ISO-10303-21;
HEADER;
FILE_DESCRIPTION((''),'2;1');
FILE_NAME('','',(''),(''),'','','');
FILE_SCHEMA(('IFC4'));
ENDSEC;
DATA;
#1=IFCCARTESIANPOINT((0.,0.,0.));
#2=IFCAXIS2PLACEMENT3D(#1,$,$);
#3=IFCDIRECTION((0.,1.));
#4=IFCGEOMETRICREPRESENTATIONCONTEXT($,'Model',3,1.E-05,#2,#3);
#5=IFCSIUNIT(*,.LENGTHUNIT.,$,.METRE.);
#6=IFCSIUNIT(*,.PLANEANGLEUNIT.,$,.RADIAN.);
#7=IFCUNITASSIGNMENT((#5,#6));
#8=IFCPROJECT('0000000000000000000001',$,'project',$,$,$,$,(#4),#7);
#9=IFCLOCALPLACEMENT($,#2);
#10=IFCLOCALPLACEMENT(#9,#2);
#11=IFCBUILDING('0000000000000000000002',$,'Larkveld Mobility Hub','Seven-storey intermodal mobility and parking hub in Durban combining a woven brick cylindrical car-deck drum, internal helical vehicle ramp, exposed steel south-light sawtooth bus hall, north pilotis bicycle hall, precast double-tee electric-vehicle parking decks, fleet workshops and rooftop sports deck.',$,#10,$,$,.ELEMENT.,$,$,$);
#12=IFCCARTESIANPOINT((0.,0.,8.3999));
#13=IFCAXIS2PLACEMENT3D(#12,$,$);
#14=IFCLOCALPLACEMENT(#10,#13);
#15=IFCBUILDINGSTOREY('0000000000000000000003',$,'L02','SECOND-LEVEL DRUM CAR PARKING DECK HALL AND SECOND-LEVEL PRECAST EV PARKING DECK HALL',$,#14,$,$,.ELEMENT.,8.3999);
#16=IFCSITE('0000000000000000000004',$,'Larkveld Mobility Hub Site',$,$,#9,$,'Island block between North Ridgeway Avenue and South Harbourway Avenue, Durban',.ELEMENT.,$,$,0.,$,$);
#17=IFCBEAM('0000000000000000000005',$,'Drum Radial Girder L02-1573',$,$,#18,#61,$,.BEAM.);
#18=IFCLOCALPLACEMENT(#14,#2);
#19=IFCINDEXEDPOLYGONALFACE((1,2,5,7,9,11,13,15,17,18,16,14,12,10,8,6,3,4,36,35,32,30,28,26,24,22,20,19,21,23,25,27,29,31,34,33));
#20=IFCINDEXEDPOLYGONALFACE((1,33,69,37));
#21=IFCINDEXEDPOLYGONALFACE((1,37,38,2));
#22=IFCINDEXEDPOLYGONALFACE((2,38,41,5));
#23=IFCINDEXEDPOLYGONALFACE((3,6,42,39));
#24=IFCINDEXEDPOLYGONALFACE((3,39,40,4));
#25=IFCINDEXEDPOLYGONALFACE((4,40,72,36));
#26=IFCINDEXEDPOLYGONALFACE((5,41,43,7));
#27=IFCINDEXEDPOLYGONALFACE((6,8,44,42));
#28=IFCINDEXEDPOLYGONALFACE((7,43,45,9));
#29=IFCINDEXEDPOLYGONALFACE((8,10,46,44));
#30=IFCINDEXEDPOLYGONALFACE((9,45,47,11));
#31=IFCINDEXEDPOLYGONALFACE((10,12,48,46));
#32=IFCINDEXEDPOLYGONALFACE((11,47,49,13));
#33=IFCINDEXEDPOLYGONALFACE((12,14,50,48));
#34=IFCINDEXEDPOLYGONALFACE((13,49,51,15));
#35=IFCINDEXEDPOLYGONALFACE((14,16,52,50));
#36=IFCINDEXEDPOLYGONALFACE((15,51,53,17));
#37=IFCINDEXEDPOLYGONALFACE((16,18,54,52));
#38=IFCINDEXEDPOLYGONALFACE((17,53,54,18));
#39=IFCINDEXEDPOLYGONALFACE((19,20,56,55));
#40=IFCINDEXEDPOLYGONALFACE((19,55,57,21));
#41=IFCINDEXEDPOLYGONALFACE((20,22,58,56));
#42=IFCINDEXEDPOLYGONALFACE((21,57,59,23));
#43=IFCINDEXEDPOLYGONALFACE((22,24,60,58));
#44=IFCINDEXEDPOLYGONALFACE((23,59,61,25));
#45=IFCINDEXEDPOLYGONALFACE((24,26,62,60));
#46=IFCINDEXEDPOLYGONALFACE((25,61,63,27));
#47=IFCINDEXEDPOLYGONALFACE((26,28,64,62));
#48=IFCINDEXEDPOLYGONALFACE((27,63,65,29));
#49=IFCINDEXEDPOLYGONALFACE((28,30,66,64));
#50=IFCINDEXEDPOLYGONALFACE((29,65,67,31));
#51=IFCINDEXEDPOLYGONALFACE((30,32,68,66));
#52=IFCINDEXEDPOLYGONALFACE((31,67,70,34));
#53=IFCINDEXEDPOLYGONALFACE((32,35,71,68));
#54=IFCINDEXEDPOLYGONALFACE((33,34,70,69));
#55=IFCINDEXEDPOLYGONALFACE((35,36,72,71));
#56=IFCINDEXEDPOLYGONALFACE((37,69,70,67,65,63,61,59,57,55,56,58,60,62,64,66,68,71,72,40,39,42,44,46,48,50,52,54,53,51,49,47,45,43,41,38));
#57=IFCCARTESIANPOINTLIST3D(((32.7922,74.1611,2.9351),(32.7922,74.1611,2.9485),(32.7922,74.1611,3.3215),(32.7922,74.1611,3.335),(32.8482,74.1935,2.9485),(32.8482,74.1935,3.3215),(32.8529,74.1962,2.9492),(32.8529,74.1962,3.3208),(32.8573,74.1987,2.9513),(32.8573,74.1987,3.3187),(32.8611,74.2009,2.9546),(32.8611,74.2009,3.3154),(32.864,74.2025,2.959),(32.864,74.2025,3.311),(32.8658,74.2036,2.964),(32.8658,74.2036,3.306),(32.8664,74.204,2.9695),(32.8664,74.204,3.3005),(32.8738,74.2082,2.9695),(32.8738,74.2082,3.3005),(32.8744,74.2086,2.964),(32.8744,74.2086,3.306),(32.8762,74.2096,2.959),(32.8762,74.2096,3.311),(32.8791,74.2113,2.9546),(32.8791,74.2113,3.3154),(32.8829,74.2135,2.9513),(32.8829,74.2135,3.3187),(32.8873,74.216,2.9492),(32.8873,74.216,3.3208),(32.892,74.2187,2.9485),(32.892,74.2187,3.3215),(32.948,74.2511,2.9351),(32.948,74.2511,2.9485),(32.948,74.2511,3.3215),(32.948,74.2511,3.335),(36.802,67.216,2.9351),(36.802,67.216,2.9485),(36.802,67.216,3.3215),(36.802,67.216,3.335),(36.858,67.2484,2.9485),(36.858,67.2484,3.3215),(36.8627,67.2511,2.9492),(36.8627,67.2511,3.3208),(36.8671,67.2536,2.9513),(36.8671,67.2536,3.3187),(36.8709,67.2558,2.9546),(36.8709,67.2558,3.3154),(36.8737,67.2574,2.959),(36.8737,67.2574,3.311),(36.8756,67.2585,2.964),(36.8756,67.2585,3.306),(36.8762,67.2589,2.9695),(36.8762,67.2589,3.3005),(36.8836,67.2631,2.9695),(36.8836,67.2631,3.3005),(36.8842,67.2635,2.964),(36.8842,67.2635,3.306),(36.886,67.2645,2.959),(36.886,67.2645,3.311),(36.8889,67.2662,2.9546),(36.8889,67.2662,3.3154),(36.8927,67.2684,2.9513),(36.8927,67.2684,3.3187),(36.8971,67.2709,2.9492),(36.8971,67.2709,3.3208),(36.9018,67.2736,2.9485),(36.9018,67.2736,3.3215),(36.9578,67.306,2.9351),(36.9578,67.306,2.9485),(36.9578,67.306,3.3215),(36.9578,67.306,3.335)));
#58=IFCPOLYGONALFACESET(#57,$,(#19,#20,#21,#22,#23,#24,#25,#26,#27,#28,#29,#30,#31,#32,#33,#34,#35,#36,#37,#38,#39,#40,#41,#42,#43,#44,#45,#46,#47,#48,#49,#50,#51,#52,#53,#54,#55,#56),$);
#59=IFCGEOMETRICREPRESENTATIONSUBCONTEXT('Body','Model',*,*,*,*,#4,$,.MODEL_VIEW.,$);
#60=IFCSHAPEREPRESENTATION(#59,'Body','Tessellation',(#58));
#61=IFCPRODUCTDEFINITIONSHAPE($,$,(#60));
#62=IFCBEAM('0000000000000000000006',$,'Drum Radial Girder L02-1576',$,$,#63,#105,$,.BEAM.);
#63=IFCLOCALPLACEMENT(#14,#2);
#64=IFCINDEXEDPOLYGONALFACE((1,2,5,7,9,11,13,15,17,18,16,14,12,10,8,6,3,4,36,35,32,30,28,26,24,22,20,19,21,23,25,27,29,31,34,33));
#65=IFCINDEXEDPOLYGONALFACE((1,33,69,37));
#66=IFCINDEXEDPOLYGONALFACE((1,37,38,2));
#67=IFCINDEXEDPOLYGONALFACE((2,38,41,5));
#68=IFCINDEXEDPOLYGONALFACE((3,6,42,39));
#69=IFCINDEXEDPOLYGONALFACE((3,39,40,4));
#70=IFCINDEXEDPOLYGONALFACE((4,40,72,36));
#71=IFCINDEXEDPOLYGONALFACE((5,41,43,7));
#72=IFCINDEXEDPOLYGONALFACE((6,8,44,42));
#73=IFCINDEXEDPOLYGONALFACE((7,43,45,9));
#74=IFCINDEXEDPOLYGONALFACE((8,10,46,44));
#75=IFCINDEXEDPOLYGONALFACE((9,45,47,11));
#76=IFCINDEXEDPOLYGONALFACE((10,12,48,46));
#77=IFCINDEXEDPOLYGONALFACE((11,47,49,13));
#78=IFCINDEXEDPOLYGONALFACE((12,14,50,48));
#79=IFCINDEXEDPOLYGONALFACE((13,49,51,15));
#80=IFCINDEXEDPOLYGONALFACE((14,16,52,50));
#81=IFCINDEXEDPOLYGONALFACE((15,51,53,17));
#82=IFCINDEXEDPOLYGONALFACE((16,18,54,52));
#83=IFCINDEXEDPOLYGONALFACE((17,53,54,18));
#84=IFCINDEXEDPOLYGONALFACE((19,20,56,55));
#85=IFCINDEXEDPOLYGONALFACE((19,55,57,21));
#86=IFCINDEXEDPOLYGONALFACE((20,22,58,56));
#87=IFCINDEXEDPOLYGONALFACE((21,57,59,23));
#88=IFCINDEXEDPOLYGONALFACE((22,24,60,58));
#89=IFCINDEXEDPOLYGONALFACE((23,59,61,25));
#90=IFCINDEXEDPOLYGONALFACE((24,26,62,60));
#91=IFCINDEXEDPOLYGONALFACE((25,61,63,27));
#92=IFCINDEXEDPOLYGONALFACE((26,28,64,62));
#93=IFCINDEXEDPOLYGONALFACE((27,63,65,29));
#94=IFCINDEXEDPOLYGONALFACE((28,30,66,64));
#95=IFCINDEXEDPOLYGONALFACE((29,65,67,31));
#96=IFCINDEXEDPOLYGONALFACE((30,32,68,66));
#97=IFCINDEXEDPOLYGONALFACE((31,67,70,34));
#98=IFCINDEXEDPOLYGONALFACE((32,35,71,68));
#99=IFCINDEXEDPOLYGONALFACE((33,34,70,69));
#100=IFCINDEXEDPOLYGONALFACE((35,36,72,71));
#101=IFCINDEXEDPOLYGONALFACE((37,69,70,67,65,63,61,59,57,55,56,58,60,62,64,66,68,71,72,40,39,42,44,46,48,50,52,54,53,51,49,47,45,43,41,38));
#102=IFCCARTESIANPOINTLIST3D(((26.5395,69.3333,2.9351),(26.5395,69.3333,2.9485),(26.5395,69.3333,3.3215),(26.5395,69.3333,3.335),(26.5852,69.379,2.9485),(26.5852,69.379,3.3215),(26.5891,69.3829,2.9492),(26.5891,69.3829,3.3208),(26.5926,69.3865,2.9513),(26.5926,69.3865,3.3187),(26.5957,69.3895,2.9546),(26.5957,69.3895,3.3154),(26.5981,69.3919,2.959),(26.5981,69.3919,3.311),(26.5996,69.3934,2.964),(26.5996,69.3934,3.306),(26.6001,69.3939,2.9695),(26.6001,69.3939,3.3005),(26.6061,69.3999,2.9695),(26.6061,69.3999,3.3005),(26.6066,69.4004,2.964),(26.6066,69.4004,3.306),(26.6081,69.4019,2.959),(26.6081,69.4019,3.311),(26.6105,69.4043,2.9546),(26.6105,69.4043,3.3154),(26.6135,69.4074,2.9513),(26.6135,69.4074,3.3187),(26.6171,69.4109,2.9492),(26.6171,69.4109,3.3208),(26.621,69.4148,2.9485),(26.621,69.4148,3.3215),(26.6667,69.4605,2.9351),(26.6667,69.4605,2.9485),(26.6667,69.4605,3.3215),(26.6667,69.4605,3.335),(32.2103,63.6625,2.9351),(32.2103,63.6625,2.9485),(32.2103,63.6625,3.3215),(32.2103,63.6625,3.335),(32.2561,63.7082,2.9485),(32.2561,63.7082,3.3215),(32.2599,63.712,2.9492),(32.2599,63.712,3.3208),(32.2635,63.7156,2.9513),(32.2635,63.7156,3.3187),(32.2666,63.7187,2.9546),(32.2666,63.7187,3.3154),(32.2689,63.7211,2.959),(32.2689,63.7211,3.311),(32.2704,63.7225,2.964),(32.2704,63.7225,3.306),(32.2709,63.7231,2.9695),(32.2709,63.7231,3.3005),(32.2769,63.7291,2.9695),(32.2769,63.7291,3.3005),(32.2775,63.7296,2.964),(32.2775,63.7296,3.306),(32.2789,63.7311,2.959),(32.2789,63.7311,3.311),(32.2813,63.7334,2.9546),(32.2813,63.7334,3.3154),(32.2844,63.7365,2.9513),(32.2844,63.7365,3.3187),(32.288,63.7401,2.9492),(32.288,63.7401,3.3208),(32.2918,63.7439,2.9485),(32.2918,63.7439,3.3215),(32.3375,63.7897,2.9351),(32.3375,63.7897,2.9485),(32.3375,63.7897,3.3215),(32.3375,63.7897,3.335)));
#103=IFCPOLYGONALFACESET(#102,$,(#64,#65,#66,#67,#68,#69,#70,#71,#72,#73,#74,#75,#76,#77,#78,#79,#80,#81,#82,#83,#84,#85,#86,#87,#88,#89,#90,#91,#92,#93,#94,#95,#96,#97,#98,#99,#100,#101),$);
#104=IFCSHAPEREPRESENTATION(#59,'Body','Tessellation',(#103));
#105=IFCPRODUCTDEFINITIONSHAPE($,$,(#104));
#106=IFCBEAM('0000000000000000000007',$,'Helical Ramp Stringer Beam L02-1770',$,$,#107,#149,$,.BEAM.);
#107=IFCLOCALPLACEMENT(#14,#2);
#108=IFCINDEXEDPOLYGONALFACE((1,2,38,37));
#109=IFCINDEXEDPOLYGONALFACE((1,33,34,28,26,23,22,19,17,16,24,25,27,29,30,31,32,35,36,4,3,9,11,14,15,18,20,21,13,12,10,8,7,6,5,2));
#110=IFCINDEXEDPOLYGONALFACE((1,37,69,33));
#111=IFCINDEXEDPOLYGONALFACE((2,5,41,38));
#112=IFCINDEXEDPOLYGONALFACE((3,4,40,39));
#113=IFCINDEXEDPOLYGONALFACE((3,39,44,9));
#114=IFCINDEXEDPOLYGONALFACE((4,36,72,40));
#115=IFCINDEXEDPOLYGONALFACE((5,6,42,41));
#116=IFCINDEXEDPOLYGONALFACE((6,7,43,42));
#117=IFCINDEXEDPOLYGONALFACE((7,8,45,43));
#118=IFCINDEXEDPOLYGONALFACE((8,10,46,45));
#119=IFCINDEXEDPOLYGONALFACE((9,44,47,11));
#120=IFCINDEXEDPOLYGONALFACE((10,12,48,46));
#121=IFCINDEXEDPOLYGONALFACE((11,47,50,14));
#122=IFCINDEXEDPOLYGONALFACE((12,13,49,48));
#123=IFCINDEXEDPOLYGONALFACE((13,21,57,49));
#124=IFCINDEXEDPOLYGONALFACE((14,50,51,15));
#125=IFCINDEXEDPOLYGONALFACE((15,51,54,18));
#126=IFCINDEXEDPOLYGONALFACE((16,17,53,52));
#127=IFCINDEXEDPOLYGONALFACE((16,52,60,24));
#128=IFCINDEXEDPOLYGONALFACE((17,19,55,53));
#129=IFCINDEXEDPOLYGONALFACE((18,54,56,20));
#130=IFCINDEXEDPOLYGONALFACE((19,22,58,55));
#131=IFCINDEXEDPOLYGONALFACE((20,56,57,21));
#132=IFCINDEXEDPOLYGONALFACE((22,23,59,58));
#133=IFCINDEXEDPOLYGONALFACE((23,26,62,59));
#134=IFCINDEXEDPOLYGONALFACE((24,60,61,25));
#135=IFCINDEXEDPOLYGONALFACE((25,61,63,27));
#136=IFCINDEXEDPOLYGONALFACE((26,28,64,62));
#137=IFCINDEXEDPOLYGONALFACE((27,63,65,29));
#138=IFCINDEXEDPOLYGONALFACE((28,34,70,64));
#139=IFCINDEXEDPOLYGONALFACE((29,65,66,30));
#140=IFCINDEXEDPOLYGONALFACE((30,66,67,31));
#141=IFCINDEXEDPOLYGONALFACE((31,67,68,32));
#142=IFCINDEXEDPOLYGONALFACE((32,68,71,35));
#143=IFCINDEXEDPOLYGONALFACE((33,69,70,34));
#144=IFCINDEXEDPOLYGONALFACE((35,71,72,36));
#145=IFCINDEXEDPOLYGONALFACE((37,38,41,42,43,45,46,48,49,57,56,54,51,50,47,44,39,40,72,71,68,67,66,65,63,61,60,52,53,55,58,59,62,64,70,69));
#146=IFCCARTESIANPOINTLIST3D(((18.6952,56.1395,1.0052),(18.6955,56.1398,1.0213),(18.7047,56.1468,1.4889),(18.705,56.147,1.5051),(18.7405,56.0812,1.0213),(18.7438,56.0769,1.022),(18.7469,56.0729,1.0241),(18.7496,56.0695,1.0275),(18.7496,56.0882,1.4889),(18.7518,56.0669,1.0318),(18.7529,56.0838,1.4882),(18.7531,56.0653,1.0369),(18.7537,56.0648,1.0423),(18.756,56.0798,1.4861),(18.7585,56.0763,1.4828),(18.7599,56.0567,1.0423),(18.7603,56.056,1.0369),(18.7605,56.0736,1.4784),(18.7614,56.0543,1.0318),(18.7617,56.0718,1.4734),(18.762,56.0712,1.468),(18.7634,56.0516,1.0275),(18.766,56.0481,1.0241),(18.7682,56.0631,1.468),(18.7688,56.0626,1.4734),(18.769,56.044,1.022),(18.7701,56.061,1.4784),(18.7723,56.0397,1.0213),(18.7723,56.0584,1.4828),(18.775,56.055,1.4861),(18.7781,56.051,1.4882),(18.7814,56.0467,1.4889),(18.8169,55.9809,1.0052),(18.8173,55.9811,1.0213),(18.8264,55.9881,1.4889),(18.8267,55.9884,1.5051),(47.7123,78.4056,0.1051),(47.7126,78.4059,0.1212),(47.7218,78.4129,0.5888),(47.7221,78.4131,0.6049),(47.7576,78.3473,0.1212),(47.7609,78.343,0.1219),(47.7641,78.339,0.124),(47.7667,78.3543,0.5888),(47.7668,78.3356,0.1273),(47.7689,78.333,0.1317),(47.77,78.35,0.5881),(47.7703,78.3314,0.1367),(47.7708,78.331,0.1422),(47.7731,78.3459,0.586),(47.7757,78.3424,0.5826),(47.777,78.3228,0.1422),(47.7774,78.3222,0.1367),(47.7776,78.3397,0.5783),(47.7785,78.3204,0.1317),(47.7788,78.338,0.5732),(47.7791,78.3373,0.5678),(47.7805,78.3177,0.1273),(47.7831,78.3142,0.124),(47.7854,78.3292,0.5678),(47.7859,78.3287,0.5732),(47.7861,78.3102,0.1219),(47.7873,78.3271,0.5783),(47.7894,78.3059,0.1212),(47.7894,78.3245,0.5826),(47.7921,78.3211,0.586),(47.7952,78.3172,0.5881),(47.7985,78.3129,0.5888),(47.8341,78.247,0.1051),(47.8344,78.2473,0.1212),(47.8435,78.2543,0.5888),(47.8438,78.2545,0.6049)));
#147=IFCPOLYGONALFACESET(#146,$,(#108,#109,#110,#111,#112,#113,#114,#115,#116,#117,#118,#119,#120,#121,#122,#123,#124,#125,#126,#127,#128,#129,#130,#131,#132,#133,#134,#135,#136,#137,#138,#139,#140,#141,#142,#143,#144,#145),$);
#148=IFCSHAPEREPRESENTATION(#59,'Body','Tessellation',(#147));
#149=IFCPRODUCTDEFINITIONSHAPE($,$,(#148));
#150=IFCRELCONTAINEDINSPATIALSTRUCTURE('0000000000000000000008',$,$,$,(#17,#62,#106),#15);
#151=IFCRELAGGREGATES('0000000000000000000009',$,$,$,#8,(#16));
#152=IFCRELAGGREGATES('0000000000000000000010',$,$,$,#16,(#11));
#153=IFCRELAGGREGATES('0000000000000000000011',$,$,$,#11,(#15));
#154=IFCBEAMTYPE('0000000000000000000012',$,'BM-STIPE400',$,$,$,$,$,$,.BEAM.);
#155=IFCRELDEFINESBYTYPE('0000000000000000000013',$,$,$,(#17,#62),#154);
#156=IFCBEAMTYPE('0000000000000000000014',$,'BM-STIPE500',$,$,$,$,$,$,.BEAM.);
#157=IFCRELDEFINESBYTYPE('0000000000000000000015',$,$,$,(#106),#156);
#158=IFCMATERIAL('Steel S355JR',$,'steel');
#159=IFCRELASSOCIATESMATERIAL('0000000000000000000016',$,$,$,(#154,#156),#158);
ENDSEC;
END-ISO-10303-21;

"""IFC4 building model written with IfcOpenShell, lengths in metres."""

from ifc_helpers import new_model, si_unit, direction, frame, origin, origin_2d, place, context, subcontext, project, spatial, i_section, extrude, material, material_profile, profile_set, type_object, element, save


model = new_model("IFC4")

# Units and contexts
model_context = context("Model", 3, precision=1e-05, world=origin(), true_north=direction((0.0, 1.0)))
body_context = subcontext(model_context, "Body", "Model", "MODEL_VIEW")
ifc_project = project(units=[si_unit("LENGTHUNIT", "METRE"), si_unit("PLANEANGLEUNIT", "RADIAN")], contexts=[model_context])

# Site, building, storey
site_placement = place(None, origin())
site = spatial("IfcSite", under=ifc_project, at=site_placement, Name="Larkveld Mobility Hub Site", LongName="Island block between North Ridgeway Avenue and South Harbourway Avenue, Durban", CompositionType="ELEMENT", RefElevation=0.0)
building_placement = place(site_placement, origin())
building = spatial("IfcBuilding", under=site, at=building_placement, Name="Larkveld Mobility Hub", Description="Seven-storey intermodal mobility and parking hub in Durban combining a woven brick cylindrical car-deck drum, internal helical vehicle ramp, exposed steel south-light sawtooth bus hall, north pilotis bicycle hall, precast double-tee electric-vehicle parking decks, fleet workshops and rooftop sports deck.", CompositionType="ELEMENT")
storey_placement = place(building_placement, frame((0.0, 0.0, 8.3999)))
storey = spatial("IfcBuildingStorey", under=building, at=storey_placement, Name="L02", Description="SECOND-LEVEL DRUM CAR PARKING DECK HALL AND SECOND-LEVEL PRECAST EV PARKING DECK HALL", CompositionType="ELEMENT", Elevation=8.3999)

# Beams
ifc_material_1 = material(Name="Steel S355JR", Category="steel")
ifc_material_profile_1 = material_profile(ifc_material_1, i_section(OverallWidth=0.1799, OverallDepth=0.3999, WebThickness=0.0085, FlangeThickness=0.0134, FilletRadius=0.021, at=origin_2d()), Name="IPE 400")
ifc_profile_set_1 = profile_set([ifc_material_profile_1], Name="Steel S355JR")
beam_type_1 = type_object("IfcBeamType", Name="BM-STIPE400", PredefinedType="BEAM", material=ifc_profile_set_1)
beam_1_placement = place(storey_placement, frame((36.8799, 67.261, 3.135), z_axis=(-0.500003, 0.866024, 0.0), x_axis=(-0.866024, -0.500003, 0.0)))
element("IfcBeam", 1, at=beam_1_placement, inside=storey, type_object=beam_type_1, Name="Drum Radial Girder L02-1573", PredefinedType="BEAM", context=body_context, shape_type="SweptSolid", body=[
    extrude(i_section(OverallWidth=0.1799, OverallDepth=0.3999, WebThickness=0.0085, FlangeThickness=0.0134, FilletRadius=0.021, at=origin_2d()), origin(), (0.0, 0.0, 1.0), 8.0195),
])
beam_2_placement = place(storey_placement, frame((32.2739, 63.7261, 3.135), z_axis=(-0.707107, 0.707107, 0.0), x_axis=(-0.707107, -0.707107, 0.0)))
element("IfcBeam", 2, at=beam_2_placement, inside=storey, type_object=beam_type_1, Name="Drum Radial Girder L02-1576", PredefinedType="BEAM", context=body_context, shape_type="SweptSolid", body=[
    extrude(i_section(OverallWidth=0.1799, OverallDepth=0.3999, WebThickness=0.0085, FlangeThickness=0.0134, FilletRadius=0.021, at=origin_2d()), origin(), (0.0, 0.0, 1.0), 8.0198),
])
ifc_material_profile_2 = material_profile(ifc_material_1, i_section(OverallWidth=0.2, OverallDepth=0.5, WebThickness=0.0103, FlangeThickness=0.0161, FilletRadius=0.021, at=origin_2d()), Name="IPE 500")
ifc_profile_set_2 = profile_set([ifc_material_profile_2], Name="Steel S355JR")
beam_type_2 = type_object("IfcBeamType", Name="BM-STIPE500", PredefinedType="BEAM", material=ifc_profile_set_2)
beam_3_placement = place(storey_placement, frame((47.7781, 78.3301, 0.355), z_axis=(-0.793106, -0.608586, 0.024603), x_axis=(0.60877, -0.793347, 0.0)))
element("IfcBeam", 3, at=beam_3_placement, inside=storey, type_object=beam_type_2, Name="Helical Ramp Stringer Beam L02-1770", PredefinedType="BEAM", context=body_context, shape_type="SweptSolid", body=[
    extrude(i_section(OverallWidth=0.2, OverallDepth=0.5, WebThickness=0.0103, FlangeThickness=0.0161, FilletRadius=0.021, at=origin_2d()), origin(), (0.0, 0.0, 1.0), 36.5867),
])

save(model, "model.ifc")
